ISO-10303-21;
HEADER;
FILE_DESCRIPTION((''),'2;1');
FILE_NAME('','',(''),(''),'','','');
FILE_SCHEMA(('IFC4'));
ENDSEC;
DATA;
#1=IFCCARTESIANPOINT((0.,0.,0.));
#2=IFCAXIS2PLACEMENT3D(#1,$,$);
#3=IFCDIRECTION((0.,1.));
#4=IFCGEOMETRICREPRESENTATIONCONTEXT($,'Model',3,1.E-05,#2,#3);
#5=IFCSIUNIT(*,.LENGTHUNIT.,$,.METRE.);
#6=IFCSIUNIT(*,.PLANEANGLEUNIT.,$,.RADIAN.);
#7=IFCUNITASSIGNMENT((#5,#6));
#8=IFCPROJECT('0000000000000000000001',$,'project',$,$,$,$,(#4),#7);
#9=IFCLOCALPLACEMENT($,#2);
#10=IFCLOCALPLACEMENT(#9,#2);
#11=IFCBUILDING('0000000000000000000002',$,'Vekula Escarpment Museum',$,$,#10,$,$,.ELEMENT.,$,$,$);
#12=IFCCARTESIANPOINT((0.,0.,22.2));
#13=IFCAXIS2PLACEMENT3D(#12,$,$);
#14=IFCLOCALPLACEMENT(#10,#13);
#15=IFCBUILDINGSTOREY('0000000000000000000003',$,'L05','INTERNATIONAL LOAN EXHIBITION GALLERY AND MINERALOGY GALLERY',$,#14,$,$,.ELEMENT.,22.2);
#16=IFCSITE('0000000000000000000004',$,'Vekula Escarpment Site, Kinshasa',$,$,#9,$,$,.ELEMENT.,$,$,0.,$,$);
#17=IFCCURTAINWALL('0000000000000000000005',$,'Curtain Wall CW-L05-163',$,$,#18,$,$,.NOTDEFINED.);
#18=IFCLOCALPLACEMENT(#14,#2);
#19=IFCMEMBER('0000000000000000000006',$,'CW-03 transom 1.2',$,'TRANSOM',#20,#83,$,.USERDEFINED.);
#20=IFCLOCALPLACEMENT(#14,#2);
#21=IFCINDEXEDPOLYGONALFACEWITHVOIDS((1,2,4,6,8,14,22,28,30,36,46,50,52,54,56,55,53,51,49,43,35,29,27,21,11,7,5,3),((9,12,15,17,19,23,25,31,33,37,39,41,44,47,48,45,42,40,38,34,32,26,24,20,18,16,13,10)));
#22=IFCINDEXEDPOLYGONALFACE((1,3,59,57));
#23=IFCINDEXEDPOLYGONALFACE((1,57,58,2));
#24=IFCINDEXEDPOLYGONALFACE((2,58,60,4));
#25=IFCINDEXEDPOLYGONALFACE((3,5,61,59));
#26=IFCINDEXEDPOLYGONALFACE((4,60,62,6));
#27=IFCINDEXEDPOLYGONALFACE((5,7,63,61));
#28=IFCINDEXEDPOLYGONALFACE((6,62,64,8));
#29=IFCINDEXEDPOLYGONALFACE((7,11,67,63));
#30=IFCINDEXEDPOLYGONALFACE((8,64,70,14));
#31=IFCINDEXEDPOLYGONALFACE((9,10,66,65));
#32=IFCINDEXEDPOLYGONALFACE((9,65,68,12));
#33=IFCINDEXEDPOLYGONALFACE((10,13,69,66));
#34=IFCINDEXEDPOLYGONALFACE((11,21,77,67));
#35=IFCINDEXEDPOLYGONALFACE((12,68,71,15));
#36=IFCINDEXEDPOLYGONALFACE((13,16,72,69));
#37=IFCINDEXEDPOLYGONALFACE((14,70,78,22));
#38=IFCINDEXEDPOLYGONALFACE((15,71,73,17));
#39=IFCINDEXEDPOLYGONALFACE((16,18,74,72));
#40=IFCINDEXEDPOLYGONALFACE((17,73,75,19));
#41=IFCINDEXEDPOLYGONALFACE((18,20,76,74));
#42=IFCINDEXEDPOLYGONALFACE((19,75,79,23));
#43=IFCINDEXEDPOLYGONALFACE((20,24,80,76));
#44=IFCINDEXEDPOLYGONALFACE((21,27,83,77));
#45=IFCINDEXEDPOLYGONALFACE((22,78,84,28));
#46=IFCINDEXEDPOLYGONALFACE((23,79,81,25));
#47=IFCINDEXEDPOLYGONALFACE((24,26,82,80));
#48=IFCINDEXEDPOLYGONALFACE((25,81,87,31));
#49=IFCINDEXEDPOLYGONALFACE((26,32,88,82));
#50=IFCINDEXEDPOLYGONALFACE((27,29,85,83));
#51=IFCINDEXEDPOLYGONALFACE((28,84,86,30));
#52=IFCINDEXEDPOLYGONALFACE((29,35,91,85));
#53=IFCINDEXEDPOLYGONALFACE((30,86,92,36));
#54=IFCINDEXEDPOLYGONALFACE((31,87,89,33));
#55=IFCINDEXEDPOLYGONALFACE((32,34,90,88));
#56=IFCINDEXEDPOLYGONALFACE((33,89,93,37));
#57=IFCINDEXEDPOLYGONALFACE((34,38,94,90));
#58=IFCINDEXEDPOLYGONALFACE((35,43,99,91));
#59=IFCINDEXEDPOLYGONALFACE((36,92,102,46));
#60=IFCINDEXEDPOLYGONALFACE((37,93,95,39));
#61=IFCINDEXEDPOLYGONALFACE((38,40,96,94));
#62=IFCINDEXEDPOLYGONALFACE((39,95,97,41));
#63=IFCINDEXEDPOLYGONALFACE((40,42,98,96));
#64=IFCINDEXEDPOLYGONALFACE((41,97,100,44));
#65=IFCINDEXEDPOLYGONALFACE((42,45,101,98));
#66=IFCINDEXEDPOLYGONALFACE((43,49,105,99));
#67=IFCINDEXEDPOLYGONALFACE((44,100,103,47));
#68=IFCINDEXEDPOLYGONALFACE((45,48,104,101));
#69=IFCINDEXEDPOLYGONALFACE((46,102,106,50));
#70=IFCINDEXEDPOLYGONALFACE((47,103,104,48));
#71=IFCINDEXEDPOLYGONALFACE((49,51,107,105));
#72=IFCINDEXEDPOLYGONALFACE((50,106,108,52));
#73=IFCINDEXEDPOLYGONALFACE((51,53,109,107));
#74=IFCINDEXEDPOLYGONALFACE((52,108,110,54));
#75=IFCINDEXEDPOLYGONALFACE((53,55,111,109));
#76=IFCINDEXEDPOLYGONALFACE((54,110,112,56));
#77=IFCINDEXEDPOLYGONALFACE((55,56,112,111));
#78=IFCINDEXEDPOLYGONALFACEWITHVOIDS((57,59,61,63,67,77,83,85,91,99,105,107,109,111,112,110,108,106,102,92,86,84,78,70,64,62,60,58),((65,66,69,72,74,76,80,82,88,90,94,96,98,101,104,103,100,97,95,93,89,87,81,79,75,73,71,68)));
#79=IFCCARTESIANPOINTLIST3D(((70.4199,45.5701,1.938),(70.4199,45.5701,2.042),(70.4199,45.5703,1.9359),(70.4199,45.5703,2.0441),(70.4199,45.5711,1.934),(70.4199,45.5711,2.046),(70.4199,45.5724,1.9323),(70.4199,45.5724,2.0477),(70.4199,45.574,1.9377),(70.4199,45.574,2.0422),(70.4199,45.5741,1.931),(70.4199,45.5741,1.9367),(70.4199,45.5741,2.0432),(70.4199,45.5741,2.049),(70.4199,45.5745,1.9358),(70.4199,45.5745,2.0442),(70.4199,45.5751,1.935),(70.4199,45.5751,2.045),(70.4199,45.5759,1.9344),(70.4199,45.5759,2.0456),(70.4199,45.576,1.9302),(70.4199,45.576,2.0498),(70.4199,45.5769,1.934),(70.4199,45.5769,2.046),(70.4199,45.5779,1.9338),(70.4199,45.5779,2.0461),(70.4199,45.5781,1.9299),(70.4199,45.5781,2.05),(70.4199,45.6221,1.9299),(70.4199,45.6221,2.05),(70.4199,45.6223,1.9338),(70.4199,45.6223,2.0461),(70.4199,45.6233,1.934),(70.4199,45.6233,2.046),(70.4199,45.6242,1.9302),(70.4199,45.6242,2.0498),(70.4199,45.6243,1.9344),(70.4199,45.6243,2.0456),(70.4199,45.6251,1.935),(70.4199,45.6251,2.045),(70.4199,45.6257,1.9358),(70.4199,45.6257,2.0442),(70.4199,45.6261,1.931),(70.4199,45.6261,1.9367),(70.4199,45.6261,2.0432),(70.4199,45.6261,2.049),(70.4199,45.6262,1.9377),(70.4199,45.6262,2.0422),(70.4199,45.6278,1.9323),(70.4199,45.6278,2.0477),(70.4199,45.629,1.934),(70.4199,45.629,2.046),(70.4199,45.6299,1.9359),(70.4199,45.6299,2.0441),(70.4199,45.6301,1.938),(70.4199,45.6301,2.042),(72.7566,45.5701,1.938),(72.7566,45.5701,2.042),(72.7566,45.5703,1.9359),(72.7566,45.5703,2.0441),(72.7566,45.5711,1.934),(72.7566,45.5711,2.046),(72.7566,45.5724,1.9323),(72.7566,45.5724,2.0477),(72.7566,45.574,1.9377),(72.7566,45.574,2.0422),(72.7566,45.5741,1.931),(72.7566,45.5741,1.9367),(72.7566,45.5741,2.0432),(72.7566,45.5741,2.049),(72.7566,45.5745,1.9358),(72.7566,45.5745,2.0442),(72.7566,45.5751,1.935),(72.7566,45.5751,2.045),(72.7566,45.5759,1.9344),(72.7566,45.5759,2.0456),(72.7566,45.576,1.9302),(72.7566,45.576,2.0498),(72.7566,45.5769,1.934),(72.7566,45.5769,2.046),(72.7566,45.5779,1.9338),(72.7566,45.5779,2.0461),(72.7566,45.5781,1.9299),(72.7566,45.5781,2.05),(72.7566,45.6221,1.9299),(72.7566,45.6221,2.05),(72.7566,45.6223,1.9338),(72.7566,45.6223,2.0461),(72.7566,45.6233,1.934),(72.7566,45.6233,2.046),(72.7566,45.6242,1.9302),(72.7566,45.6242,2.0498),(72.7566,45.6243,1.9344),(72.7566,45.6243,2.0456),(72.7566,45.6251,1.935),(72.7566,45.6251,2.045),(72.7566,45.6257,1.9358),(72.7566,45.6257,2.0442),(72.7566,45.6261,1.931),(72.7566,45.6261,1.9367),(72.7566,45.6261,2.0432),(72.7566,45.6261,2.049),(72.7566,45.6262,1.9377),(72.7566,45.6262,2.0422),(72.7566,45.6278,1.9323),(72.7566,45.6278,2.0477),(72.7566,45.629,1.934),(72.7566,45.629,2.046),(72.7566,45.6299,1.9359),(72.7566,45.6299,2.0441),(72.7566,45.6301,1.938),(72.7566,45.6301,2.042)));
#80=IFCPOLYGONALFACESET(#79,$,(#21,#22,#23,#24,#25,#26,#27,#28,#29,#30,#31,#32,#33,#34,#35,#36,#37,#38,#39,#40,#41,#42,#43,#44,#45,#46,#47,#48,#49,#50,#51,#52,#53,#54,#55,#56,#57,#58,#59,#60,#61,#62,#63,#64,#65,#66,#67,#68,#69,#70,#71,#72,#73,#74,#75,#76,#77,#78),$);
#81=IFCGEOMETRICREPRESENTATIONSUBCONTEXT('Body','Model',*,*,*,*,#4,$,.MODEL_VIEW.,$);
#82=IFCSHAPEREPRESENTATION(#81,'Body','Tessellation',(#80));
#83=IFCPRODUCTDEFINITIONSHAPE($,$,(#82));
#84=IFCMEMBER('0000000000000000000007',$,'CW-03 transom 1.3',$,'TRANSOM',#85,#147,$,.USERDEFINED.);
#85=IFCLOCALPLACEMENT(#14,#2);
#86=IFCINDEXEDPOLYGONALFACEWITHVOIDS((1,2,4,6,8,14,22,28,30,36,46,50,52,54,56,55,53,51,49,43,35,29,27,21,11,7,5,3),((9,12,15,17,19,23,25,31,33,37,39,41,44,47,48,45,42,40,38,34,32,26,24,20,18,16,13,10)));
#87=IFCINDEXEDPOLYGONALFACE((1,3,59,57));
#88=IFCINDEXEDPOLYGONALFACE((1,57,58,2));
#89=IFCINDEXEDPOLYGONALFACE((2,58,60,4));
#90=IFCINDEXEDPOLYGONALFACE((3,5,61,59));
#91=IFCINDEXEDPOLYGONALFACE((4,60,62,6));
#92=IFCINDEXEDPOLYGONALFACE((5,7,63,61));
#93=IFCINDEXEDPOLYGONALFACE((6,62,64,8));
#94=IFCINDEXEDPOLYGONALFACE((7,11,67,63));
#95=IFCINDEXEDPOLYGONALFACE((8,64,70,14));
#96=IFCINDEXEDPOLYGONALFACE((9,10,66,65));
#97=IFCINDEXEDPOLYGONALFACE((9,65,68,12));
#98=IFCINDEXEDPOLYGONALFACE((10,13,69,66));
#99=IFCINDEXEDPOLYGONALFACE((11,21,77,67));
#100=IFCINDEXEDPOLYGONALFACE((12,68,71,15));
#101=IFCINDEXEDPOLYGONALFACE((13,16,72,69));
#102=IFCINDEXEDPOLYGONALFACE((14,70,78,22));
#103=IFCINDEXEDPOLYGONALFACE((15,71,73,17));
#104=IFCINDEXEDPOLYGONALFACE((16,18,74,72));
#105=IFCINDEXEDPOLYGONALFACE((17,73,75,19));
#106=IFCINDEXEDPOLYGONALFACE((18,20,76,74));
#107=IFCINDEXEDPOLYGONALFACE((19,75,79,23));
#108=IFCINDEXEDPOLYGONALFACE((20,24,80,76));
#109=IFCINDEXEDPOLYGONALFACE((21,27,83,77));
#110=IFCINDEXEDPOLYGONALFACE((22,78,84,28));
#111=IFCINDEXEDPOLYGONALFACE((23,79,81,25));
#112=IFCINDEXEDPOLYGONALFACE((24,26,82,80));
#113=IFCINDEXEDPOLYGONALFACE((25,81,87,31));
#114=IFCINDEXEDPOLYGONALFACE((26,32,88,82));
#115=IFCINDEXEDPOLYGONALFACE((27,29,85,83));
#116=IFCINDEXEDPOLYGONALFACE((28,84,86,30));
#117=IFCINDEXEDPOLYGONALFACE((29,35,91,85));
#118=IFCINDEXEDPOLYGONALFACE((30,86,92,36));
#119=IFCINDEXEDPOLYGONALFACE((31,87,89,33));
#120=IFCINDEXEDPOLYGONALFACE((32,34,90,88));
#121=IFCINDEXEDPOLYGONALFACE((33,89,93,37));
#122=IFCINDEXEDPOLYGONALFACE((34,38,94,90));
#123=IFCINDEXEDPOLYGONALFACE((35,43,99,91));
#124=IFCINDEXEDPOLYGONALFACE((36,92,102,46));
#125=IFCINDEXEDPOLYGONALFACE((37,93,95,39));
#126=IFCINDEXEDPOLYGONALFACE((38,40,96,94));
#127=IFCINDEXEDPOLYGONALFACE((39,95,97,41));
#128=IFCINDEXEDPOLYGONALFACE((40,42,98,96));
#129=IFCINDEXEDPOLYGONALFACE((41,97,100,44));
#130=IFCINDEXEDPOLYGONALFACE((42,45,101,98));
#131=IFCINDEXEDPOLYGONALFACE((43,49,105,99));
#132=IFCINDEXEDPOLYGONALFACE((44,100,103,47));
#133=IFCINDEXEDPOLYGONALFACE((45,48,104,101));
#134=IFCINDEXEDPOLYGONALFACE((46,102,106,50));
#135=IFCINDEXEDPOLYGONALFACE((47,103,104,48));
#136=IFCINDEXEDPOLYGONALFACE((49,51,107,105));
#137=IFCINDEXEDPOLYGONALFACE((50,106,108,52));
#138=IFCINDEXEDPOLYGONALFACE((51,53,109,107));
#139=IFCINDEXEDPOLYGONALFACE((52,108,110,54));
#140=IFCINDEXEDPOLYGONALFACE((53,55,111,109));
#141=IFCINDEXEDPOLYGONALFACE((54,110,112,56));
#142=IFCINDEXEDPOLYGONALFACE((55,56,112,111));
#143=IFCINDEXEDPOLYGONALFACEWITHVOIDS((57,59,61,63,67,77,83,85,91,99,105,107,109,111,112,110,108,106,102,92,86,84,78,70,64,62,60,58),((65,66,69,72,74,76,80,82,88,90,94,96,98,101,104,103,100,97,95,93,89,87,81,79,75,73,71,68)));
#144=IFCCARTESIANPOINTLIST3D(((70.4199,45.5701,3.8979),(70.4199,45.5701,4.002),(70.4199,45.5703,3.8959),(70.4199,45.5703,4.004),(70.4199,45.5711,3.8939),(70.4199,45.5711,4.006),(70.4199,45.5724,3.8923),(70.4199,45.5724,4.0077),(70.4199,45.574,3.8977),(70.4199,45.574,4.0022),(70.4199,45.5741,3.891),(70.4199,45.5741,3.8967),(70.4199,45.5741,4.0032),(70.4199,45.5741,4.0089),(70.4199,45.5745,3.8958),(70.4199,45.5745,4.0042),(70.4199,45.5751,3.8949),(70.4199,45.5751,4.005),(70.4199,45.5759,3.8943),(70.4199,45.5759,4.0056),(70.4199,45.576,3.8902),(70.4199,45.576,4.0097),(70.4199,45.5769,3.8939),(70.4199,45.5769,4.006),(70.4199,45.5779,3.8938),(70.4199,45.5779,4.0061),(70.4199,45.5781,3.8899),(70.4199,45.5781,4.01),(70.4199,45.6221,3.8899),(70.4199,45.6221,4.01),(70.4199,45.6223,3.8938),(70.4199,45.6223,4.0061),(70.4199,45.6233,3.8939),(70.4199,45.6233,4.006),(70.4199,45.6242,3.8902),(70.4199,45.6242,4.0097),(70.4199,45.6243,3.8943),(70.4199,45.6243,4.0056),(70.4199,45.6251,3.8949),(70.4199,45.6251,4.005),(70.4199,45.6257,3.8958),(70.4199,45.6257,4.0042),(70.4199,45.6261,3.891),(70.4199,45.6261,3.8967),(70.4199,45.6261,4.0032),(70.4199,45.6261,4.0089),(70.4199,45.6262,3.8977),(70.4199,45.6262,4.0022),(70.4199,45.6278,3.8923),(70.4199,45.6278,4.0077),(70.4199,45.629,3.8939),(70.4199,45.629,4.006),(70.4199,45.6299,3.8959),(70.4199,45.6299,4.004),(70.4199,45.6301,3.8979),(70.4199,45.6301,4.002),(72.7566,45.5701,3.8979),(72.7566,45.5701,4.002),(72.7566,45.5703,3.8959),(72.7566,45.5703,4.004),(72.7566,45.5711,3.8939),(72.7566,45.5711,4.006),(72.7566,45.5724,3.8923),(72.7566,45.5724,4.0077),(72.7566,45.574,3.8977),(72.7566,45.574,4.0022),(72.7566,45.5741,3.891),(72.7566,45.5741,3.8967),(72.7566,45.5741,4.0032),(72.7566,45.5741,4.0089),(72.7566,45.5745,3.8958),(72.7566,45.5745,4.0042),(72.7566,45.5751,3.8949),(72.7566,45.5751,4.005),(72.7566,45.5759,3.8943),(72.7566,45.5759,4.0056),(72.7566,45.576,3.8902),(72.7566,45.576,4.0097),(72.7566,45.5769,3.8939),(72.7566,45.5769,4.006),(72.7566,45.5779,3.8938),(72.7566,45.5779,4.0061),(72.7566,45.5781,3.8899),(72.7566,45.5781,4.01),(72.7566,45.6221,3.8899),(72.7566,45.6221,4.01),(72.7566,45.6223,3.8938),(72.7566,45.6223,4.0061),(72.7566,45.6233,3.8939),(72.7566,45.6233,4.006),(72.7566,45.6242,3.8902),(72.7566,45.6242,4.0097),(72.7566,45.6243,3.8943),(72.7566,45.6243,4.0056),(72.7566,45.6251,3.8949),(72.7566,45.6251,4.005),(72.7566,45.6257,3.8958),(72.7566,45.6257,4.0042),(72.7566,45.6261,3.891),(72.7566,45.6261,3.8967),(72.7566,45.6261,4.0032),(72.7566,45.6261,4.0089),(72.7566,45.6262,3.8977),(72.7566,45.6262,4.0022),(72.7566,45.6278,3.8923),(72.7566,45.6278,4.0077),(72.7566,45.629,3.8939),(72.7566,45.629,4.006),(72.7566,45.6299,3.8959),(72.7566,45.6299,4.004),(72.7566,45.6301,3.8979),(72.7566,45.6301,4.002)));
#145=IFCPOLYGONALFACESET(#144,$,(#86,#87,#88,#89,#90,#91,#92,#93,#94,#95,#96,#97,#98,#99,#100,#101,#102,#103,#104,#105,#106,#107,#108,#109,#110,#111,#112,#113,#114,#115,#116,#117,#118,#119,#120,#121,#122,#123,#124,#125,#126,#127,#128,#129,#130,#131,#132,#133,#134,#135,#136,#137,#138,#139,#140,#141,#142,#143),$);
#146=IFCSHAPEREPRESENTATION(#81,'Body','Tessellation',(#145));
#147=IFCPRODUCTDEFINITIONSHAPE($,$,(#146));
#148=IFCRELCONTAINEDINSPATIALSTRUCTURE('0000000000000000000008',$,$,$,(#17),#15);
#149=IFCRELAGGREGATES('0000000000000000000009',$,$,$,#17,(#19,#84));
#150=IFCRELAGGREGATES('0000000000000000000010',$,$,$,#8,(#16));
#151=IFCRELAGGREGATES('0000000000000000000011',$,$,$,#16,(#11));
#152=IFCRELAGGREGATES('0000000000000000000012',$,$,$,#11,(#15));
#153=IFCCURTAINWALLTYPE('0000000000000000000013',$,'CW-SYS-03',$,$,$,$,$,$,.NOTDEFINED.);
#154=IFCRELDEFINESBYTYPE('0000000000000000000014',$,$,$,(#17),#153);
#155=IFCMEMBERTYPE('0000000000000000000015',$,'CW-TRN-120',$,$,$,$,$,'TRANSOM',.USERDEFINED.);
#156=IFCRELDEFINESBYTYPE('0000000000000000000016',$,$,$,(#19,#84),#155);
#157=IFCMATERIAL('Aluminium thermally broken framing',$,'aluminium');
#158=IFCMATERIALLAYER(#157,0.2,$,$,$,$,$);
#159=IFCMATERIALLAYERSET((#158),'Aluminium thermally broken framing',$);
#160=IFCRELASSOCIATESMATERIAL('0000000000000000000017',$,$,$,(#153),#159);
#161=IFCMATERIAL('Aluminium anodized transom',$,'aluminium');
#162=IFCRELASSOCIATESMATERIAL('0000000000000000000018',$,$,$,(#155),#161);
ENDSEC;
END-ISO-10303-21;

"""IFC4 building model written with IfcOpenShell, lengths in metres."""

from ifc_helpers import new_model, si_unit, direction, frame, origin, origin_2d, place, context, subcontext, project, spatial, hollow_rectangle, extrude, material, layer, layer_set, material_profile, profile_set, type_object, element, aggregate, save


model = new_model("IFC4")

# Units and contexts
model_context = context("Model", 3, precision=1e-05, world=origin(), true_north=direction((0.0, 1.0)))
body_context = subcontext(model_context, "Body", "Model", "MODEL_VIEW")
ifc_project = project(units=[si_unit("LENGTHUNIT", "METRE"), si_unit("PLANEANGLEUNIT", "RADIAN")], contexts=[model_context])

# Site, building, storey
site_placement = place(None, origin())
site = spatial("IfcSite", under=ifc_project, at=site_placement, Name="Vekula Escarpment Site, Kinshasa", CompositionType="ELEMENT", RefElevation=0.0)
building_placement = place(site_placement, origin())
building = spatial("IfcBuilding", under=site, at=building_placement, Name="Vekula Escarpment Museum", CompositionType="ELEMENT")
storey_placement = place(building_placement, frame((0.0, 0.0, 22.2)))
storey = spatial("IfcBuildingStorey", under=building, at=storey_placement, Name="L05", Description="INTERNATIONAL LOAN EXHIBITION GALLERY AND MINERALOGY GALLERY", CompositionType="ELEMENT", Elevation=22.2)

# Curtain wall, members
ifc_material_1 = material(Name="Aluminium thermally broken framing", Category="aluminium")
ifc_layer_1 = layer(ifc_material_1, 0.2)
ifc_layer_set_1 = layer_set([ifc_layer_1], Name="Aluminium thermally broken framing")
curtain_wall_type = type_object("IfcCurtainWallType", Name="CW-SYS-03", PredefinedType="NOTDEFINED", material=ifc_layer_set_1)
curtain_wall_placement = place(storey_placement, origin())
curtain_wall = element("IfcCurtainWall", 1, at=curtain_wall_placement, inside=storey, type_object=curtain_wall_type, Name="Curtain Wall CW-L05-163", PredefinedType="NOTDEFINED")
ifc_material_2 = material(Name="Aluminium anodized transom", Category="aluminium")
ifc_material_profile_1 = material_profile(ifc_material_2, hollow_rectangle(XDim=0.0601, YDim=0.1201, WallThickness=0.0039, InnerFilletRadius=0.0039, OuterFilletRadius=0.0081, at=origin_2d()), Name="ALU 120x60x4")
ifc_profile_set_1 = profile_set([ifc_material_profile_1], Name="Aluminium anodized transom")
member_type_1 = type_object("IfcMemberType", Name="CW-TRN-120", ElementType="TRANSOM", PredefinedType="USERDEFINED", material=ifc_profile_set_1)
member_1_placement = place(storey_placement, frame((70.4199, 45.6001, 1.99), z_axis=(1.0, 0.0, 0.0), x_axis=(0.0, 1.0, 0.0)))
member_1 = element("IfcMember", 2, at=member_1_placement, type_object=member_type_1, Name="CW-03 transom 1.2", ObjectType="TRANSOM", PredefinedType="USERDEFINED", context=body_context, shape_type="SweptSolid", body=[
    extrude(hollow_rectangle(XDim=0.0601, YDim=0.1201, WallThickness=0.0039, InnerFilletRadius=0.0039, OuterFilletRadius=0.0081, at=origin_2d()), origin(), (0.0, 0.0, 1.0), 2.3367),
])
member_2_placement = place(storey_placement, frame((70.4199, 45.6001, 3.95), z_axis=(1.0, 0.0, 0.0), x_axis=(0.0, 1.0, 0.0)))
member_2 = element("IfcMember", 3, at=member_2_placement, type_object=member_type_1, Name="CW-03 transom 1.3", ObjectType="TRANSOM", PredefinedType="USERDEFINED", context=body_context, shape_type="SweptSolid", body=[
    extrude(hollow_rectangle(XDim=0.0601, YDim=0.1201, WallThickness=0.0039, InnerFilletRadius=0.0039, OuterFilletRadius=0.0081, at=origin_2d()), origin(), (0.0, 0.0, 1.0), 2.3367),
])

aggregate(curtain_wall, [member_1, member_2])

save(model, "model.ifc")
